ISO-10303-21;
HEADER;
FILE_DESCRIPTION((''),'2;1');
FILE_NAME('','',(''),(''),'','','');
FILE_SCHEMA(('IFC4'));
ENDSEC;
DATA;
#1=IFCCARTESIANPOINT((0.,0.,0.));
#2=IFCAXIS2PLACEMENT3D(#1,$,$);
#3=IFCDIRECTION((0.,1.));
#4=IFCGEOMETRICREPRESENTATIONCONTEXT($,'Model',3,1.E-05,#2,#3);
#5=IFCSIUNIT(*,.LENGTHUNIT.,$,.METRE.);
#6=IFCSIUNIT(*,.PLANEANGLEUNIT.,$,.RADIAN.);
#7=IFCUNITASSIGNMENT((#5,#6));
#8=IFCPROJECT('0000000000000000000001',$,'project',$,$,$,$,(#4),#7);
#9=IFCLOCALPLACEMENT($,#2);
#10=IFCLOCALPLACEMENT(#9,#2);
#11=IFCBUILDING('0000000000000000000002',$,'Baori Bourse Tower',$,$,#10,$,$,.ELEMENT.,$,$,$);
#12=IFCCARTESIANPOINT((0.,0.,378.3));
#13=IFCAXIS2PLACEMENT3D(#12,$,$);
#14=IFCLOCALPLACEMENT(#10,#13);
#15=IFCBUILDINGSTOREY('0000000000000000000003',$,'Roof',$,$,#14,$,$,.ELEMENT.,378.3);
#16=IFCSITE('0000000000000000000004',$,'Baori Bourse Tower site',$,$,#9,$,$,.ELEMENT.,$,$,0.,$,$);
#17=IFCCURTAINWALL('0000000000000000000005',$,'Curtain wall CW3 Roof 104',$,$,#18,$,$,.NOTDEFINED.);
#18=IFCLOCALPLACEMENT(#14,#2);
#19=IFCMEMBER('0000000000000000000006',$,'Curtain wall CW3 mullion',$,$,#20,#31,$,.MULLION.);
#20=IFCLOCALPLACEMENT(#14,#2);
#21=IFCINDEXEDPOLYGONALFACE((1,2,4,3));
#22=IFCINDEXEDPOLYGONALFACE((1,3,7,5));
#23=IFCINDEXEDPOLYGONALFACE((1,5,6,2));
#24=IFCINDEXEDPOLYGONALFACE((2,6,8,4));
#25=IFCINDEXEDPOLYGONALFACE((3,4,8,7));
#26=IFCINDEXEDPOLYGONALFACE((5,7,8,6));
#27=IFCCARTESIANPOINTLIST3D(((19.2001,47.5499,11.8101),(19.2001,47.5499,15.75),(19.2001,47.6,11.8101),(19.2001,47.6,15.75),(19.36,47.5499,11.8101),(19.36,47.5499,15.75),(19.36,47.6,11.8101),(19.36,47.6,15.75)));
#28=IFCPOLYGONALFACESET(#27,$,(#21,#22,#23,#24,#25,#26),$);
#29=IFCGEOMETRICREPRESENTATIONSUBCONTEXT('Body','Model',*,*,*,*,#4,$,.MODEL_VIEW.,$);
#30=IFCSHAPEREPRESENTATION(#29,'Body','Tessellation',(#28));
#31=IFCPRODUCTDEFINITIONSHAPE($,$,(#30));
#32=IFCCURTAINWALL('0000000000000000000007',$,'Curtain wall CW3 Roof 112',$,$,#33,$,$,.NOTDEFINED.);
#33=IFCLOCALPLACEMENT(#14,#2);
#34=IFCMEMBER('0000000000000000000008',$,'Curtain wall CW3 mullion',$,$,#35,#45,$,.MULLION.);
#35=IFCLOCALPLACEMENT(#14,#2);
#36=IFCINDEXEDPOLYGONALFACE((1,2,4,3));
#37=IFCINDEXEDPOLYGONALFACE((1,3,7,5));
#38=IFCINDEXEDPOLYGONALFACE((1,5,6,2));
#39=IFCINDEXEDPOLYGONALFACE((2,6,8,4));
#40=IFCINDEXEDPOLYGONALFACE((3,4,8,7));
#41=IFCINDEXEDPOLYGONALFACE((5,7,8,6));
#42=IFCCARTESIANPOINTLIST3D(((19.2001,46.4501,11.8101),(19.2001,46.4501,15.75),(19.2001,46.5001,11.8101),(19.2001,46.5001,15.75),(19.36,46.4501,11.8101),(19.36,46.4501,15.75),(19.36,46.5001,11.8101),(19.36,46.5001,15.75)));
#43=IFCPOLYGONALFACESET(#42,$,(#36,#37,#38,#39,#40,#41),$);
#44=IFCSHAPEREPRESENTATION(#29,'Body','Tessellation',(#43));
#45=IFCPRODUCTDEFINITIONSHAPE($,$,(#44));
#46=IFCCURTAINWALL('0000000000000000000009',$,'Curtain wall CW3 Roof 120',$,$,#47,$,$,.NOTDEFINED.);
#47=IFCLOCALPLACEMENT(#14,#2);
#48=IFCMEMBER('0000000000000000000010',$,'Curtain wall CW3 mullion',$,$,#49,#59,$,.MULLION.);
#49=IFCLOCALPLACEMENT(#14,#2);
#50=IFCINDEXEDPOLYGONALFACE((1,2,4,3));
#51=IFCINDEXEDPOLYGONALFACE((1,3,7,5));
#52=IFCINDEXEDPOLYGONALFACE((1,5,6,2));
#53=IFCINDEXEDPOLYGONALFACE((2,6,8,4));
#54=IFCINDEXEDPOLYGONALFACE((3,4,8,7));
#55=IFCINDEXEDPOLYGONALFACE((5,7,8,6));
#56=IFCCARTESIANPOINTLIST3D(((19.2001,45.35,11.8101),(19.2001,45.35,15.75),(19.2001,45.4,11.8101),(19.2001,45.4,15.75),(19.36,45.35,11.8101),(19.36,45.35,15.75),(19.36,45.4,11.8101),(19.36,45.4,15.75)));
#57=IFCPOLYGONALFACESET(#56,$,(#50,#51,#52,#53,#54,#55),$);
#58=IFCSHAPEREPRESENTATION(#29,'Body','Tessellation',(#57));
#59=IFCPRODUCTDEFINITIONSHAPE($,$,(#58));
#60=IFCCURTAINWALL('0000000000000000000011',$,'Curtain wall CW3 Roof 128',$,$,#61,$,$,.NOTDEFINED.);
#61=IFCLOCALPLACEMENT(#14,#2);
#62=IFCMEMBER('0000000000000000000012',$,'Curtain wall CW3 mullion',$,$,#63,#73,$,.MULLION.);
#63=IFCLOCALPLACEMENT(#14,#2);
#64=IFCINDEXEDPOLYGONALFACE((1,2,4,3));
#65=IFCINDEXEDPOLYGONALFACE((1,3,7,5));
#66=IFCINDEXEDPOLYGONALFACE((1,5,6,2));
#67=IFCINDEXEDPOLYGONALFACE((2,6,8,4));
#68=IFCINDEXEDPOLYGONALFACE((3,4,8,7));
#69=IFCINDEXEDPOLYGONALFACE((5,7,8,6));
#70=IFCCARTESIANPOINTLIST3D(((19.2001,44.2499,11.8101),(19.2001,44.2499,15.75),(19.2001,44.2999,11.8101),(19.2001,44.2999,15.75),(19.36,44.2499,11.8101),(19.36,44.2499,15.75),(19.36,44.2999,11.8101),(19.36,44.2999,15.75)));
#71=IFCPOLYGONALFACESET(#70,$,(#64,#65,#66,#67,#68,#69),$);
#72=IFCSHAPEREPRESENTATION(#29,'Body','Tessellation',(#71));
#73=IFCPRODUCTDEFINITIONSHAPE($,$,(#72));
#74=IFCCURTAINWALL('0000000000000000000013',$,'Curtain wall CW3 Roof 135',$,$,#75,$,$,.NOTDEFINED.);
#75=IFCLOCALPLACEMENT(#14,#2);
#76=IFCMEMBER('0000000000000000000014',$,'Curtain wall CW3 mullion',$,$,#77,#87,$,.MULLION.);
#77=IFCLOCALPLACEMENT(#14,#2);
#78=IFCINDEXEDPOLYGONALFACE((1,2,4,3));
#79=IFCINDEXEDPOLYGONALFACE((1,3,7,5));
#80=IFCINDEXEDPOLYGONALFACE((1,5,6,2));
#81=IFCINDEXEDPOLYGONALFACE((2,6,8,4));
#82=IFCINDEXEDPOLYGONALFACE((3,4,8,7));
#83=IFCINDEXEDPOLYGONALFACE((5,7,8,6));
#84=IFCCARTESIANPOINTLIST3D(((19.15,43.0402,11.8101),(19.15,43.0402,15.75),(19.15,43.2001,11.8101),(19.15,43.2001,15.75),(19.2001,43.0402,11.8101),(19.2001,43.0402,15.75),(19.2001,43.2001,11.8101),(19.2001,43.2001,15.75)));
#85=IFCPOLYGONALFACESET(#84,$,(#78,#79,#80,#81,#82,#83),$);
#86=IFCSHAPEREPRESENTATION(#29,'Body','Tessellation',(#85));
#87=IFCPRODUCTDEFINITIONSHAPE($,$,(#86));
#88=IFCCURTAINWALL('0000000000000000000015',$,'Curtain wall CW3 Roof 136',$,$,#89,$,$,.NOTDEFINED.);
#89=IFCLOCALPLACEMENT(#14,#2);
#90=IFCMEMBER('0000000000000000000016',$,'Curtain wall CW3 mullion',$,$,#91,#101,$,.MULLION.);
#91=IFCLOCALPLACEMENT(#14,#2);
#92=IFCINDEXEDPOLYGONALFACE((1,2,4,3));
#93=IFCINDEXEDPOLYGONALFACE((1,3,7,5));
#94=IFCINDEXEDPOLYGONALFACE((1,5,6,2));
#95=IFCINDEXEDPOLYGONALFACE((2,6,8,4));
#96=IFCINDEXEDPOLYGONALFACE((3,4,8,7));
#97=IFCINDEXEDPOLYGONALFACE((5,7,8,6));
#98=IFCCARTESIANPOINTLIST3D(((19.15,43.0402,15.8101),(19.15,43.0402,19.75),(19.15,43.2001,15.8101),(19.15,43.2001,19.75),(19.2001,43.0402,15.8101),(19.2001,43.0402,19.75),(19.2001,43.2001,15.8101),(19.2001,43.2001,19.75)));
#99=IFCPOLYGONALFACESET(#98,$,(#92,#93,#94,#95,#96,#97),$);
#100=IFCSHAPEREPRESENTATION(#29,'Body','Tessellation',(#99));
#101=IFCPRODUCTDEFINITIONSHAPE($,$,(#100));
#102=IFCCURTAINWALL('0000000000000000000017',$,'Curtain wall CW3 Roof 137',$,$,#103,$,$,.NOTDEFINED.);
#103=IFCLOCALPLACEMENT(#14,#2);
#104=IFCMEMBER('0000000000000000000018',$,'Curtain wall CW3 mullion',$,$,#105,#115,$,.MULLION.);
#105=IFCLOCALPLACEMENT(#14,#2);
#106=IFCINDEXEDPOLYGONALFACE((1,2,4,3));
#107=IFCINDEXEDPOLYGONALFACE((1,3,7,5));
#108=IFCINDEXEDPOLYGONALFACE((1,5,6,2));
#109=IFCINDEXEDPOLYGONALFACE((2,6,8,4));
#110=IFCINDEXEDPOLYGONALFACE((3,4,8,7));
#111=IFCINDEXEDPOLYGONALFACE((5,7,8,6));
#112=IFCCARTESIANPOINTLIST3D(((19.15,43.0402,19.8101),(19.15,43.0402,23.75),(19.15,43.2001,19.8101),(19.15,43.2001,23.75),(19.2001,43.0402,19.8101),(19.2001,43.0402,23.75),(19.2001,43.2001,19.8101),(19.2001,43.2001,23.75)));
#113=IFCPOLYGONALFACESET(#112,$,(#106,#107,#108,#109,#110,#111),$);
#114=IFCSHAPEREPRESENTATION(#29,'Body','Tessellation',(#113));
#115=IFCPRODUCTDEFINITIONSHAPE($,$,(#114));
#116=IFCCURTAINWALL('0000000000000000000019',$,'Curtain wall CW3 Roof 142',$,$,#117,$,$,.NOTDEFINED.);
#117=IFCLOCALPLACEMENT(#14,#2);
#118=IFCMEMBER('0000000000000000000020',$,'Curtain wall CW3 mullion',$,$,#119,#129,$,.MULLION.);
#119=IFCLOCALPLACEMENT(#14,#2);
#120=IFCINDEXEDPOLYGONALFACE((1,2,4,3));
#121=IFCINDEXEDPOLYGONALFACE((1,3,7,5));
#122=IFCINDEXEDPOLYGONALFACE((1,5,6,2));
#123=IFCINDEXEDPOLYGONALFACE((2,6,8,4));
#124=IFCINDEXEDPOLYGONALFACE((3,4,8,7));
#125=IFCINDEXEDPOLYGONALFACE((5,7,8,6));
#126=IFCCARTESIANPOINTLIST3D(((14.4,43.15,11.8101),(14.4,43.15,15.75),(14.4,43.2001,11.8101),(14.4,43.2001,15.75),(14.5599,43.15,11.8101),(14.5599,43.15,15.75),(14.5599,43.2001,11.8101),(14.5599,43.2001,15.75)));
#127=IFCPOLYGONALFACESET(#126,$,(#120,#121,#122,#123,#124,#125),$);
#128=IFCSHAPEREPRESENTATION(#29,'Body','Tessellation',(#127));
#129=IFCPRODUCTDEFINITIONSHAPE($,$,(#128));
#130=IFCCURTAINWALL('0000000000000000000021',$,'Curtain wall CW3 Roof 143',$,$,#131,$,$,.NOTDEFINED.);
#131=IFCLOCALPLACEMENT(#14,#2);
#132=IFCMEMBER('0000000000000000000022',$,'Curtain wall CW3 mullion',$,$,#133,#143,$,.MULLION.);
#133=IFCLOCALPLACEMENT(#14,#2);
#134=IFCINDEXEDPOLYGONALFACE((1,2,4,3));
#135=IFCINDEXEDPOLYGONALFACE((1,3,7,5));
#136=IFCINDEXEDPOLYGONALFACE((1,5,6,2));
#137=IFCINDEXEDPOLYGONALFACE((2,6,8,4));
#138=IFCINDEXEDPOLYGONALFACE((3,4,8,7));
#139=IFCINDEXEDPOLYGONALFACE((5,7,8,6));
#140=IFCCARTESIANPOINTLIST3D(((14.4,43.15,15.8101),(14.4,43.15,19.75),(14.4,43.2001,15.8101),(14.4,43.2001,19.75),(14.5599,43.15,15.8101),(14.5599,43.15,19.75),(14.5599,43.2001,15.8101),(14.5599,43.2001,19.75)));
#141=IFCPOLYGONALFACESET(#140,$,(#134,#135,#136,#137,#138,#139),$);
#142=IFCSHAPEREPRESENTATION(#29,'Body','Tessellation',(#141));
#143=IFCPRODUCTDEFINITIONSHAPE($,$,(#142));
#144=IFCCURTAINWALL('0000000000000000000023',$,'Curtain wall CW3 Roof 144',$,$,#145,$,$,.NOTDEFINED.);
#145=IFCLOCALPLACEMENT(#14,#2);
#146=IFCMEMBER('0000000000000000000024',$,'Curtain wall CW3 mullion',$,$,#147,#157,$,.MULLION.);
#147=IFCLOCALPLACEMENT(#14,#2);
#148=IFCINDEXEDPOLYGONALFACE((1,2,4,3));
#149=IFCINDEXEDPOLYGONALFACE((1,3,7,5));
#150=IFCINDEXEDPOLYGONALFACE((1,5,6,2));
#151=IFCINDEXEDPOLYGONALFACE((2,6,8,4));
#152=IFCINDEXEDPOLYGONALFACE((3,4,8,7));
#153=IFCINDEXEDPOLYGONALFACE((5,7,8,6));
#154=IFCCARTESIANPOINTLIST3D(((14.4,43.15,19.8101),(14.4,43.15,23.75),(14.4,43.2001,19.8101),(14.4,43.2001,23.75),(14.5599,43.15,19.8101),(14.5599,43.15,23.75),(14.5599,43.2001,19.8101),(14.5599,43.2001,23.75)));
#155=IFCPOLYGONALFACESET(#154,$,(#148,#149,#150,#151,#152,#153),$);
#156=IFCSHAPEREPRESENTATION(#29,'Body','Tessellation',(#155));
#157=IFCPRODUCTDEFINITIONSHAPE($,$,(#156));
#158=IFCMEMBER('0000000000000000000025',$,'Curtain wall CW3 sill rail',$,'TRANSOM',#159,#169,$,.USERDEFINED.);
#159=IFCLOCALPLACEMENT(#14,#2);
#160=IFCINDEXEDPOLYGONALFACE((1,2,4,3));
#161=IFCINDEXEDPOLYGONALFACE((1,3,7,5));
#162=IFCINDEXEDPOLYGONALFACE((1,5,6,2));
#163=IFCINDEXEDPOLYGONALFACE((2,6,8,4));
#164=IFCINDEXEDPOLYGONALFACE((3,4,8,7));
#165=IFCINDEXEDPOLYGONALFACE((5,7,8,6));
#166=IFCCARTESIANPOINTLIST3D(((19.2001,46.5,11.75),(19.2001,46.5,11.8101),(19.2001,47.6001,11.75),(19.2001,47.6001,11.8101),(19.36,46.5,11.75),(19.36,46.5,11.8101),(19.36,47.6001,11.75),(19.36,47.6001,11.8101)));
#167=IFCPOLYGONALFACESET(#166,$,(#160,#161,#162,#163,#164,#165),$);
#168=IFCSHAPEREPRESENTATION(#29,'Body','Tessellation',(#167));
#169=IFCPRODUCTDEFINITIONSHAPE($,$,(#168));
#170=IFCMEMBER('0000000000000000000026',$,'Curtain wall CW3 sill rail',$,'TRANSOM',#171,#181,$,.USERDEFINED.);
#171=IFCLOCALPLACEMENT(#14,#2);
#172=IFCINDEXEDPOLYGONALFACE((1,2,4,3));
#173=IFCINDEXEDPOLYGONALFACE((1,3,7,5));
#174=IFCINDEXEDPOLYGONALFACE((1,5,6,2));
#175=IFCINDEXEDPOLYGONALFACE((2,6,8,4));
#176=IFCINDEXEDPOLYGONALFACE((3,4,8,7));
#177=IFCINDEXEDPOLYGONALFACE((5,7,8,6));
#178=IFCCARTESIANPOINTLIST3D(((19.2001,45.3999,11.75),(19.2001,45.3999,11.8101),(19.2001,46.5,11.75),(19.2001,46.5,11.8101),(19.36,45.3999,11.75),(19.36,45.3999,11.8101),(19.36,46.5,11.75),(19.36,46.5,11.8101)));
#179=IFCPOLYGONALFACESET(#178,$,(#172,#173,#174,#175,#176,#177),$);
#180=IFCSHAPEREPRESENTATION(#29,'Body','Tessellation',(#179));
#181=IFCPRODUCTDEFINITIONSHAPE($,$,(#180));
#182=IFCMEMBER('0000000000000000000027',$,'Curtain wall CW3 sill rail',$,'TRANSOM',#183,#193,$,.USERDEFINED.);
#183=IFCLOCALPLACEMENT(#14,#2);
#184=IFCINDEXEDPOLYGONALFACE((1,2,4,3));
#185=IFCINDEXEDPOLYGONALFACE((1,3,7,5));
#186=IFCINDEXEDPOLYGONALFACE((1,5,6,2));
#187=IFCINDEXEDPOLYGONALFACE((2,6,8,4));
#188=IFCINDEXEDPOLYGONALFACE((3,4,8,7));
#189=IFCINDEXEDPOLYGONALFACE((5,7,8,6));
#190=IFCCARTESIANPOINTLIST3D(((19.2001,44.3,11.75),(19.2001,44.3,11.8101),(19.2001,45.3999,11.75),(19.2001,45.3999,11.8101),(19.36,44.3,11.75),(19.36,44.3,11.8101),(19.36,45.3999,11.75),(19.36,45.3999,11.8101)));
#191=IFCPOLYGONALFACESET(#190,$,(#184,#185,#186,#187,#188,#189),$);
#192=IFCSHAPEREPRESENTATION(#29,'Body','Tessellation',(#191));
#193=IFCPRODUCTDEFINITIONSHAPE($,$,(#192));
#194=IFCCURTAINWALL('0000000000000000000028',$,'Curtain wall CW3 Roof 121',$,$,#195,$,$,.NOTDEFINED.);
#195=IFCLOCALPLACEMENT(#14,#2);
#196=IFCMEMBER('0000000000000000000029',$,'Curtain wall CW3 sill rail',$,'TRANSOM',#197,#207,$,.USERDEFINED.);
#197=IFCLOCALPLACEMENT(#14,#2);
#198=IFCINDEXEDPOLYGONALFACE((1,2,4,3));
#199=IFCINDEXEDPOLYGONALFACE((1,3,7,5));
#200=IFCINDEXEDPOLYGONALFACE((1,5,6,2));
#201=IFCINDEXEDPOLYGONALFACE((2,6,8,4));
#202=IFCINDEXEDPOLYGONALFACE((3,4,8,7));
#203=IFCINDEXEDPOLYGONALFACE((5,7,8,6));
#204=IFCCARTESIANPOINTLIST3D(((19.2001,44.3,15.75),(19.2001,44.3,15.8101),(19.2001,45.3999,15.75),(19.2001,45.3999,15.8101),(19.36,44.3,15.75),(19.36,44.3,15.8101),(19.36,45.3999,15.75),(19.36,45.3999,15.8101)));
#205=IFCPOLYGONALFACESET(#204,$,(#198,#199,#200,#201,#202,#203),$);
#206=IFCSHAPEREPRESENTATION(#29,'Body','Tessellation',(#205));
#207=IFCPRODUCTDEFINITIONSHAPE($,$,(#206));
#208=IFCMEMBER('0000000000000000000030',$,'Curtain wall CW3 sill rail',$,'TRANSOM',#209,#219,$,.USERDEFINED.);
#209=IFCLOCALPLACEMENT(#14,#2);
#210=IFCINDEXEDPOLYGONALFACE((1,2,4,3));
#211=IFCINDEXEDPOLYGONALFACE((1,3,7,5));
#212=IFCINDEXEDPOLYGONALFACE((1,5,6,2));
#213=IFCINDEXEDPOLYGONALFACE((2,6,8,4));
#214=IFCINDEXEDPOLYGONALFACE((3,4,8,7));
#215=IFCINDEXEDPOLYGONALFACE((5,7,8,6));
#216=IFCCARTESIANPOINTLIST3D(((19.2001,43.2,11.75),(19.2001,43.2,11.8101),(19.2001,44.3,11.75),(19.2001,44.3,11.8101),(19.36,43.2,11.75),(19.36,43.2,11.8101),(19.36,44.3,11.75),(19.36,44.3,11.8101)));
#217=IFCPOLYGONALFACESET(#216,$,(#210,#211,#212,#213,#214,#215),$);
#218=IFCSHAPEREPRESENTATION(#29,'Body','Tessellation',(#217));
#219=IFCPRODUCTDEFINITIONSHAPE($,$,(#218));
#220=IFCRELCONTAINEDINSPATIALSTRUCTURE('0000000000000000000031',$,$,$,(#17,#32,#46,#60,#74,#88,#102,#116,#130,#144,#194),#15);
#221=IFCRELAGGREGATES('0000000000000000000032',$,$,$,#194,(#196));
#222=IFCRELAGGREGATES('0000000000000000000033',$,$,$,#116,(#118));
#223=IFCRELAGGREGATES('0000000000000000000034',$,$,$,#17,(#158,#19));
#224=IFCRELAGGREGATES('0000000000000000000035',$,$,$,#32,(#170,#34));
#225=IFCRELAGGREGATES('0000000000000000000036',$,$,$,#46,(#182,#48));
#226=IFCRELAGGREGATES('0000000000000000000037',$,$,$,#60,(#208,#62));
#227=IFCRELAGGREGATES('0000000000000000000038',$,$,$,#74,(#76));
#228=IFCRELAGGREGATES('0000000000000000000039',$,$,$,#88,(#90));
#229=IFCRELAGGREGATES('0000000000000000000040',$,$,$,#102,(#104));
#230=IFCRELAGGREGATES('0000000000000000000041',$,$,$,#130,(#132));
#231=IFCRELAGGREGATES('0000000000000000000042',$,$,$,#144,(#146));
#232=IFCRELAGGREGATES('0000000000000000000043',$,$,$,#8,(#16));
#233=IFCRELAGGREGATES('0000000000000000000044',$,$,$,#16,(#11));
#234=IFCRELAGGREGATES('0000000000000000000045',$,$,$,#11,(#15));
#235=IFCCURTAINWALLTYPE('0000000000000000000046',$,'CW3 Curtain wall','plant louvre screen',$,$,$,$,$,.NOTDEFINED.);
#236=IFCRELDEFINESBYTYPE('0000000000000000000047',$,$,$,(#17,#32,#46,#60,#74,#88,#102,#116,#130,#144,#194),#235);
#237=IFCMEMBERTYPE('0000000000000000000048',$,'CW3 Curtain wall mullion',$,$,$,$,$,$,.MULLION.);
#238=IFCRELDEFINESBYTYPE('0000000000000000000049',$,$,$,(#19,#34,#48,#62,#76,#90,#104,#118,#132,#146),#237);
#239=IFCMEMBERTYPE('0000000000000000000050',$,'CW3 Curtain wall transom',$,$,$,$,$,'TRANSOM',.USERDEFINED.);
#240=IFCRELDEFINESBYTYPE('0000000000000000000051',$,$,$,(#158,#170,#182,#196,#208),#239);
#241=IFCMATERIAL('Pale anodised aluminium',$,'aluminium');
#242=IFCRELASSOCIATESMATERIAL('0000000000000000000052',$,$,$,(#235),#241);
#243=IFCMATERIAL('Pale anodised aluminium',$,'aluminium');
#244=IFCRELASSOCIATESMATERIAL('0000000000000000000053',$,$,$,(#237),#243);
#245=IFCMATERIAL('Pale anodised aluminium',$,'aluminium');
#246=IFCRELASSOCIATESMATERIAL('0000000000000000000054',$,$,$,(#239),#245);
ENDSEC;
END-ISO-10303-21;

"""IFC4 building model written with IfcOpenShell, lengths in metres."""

from ifc_helpers import new_model, si_unit, direction, frame, origin, origin_2d, place, context, subcontext, project, spatial, rectangle, extrude, material, material_profile, profile_set, type_object, element, aggregate, save


model = new_model("IFC4")

# Units and contexts
model_context = context("Model", 3, precision=1e-05, world=origin(), true_north=direction((0.0, 1.0)))
body_context = subcontext(model_context, "Body", "Model", "MODEL_VIEW")
ifc_project = project(units=[si_unit("LENGTHUNIT", "METRE"), si_unit("PLANEANGLEUNIT", "RADIAN")], contexts=[model_context])

# Site, building, storey
site_placement = place(None, origin())
site = spatial("IfcSite", under=ifc_project, at=site_placement, Name="Baori Bourse Tower site", CompositionType="ELEMENT", RefElevation=0.0)
building_placement = place(site_placement, origin())
building = spatial("IfcBuilding", under=site, at=building_placement, Name="Baori Bourse Tower", CompositionType="ELEMENT")
storey_placement = place(building_placement, frame((0.0, 0.0, 378.3)))
storey = spatial("IfcBuildingStorey", under=building, at=storey_placement, Name="Roof", CompositionType="ELEMENT", Elevation=378.3)

# Curtain walls, members
ifc_material_1 = material(Name="Pale anodised aluminium", Category="aluminium")
curtain_wall_type = type_object("IfcCurtainWallType", Name="CW3 Curtain wall", Description="plant louvre screen", PredefinedType="NOTDEFINED", material=ifc_material_1)
curtain_wall_1_placement = place(storey_placement, origin())
curtain_wall_1 = element("IfcCurtainWall", 1, at=curtain_wall_1_placement, inside=storey, type_object=curtain_wall_type, Name="Curtain wall CW3 Roof 104", PredefinedType="NOTDEFINED")
ifc_material_2 = material(Name="Pale anodised aluminium", Category="aluminium")
ifc_material_profile_1 = material_profile(ifc_material_2, rectangle(XDim=0.1599, YDim=0.05, at=origin_2d()), Name="Mullion 50x160")
ifc_profile_set_1 = profile_set([ifc_material_profile_1], Name="Pale anodised aluminium")
member_type_1 = type_object("IfcMemberType", Name="CW3 Curtain wall mullion", PredefinedType="MULLION", material=ifc_profile_set_1)
member_1_placement = place(storey_placement, frame((19.28, 47.575, 11.8101), z_axis=(0.0, 0.0, 1.0), x_axis=(1.0, 0.0, 0.0)))
member_1 = element("IfcMember", 2, at=member_1_placement, type_object=member_type_1, Name="Curtain wall CW3 mullion", PredefinedType="MULLION", context=body_context, shape_type="SweptSolid", body=[
    extrude(rectangle(XDim=0.1599, YDim=0.05, at=origin_2d()), origin(), (0.0, 0.0, 1.0), 3.9399),
])
curtain_wall_2_placement = place(storey_placement, origin())
curtain_wall_2 = element("IfcCurtainWall", 3, at=curtain_wall_2_placement, inside=storey, type_object=curtain_wall_type, Name="Curtain wall CW3 Roof 112", PredefinedType="NOTDEFINED")
member_2_placement = place(storey_placement, frame((19.28, 46.4751, 11.8101), z_axis=(0.0, 0.0, 1.0), x_axis=(1.0, 0.0, 0.0)))
member_2 = element("IfcMember", 4, at=member_2_placement, type_object=member_type_1, Name="Curtain wall CW3 mullion", PredefinedType="MULLION", context=body_context, shape_type="SweptSolid", body=[
    extrude(rectangle(XDim=0.1599, YDim=0.05, at=origin_2d()), origin(), (0.0, 0.0, 1.0), 3.9399),
])
curtain_wall_3_placement = place(storey_placement, origin())
curtain_wall_3 = element("IfcCurtainWall", 5, at=curtain_wall_3_placement, inside=storey, type_object=curtain_wall_type, Name="Curtain wall CW3 Roof 120", PredefinedType="NOTDEFINED")
member_3_placement = place(storey_placement, frame((19.28, 45.375, 11.8101), z_axis=(0.0, 0.0, 1.0), x_axis=(1.0, 0.0, 0.0)))
member_3 = element("IfcMember", 6, at=member_3_placement, type_object=member_type_1, Name="Curtain wall CW3 mullion", PredefinedType="MULLION", context=body_context, shape_type="SweptSolid", body=[
    extrude(rectangle(XDim=0.1599, YDim=0.05, at=origin_2d()), origin(), (0.0, 0.0, 1.0), 3.9399),
])
curtain_wall_4_placement = place(storey_placement, origin())
curtain_wall_4 = element("IfcCurtainWall", 7, at=curtain_wall_4_placement, inside=storey, type_object=curtain_wall_type, Name="Curtain wall CW3 Roof 128", PredefinedType="NOTDEFINED")
member_4_placement = place(storey_placement, frame((19.28, 44.2749, 11.8101), z_axis=(0.0, 0.0, 1.0), x_axis=(1.0, 0.0, 0.0)))
member_4 = element("IfcMember", 8, at=member_4_placement, type_object=member_type_1, Name="Curtain wall CW3 mullion", PredefinedType="MULLION", context=body_context, shape_type="SweptSolid", body=[
    extrude(rectangle(XDim=0.1599, YDim=0.05, at=origin_2d()), origin(), (0.0, 0.0, 1.0), 3.9399),
])
curtain_wall_5_placement = place(storey_placement, origin())
curtain_wall_5 = element("IfcCurtainWall", 9, at=curtain_wall_5_placement, inside=storey, type_object=curtain_wall_type, Name="Curtain wall CW3 Roof 135", PredefinedType="NOTDEFINED")
member_5_placement = place(storey_placement, frame((19.175, 43.1201, 11.8101), z_axis=(0.0, 0.0, 1.0), x_axis=(0.0, -1.0, 0.0)))
member_5 = element("IfcMember", 10, at=member_5_placement, type_object=member_type_1, Name="Curtain wall CW3 mullion", PredefinedType="MULLION", context=body_context, shape_type="SweptSolid", body=[
    extrude(rectangle(XDim=0.1599, YDim=0.05, at=origin_2d()), origin(), (0.0, 0.0, 1.0), 3.9399),
])
curtain_wall_6_placement = place(storey_placement, origin())
curtain_wall_6 = element("IfcCurtainWall", 11, at=curtain_wall_6_placement, inside=storey, type_object=curtain_wall_type, Name="Curtain wall CW3 Roof 136", PredefinedType="NOTDEFINED")
member_6_placement = place(storey_placement, frame((19.175, 43.1201, 15.8101), z_axis=(0.0, 0.0, 1.0), x_axis=(0.0, -1.0, 0.0)))
member_6 = element("IfcMember", 12, at=member_6_placement, type_object=member_type_1, Name="Curtain wall CW3 mullion", PredefinedType="MULLION", context=body_context, shape_type="SweptSolid", body=[
    extrude(rectangle(XDim=0.1599, YDim=0.05, at=origin_2d()), origin(), (0.0, 0.0, 1.0), 3.9399),
])
curtain_wall_7_placement = place(storey_placement, origin())
curtain_wall_7 = element("IfcCurtainWall", 13, at=curtain_wall_7_placement, inside=storey, type_object=curtain_wall_type, Name="Curtain wall CW3 Roof 137", PredefinedType="NOTDEFINED")
member_7_placement = place(storey_placement, frame((19.175, 43.1201, 19.8101), z_axis=(0.0, 0.0, 1.0), x_axis=(0.0, -1.0, 0.0)))
member_7 = element("IfcMember", 14, at=member_7_placement, type_object=member_type_1, Name="Curtain wall CW3 mullion", PredefinedType="MULLION", context=body_context, shape_type="SweptSolid", body=[
    extrude(rectangle(XDim=0.1599, YDim=0.05, at=origin_2d()), origin(), (0.0, 0.0, 1.0), 3.9399),
])
curtain_wall_8_placement = place(storey_placement, origin())
curtain_wall_8 = element("IfcCurtainWall", 15, at=curtain_wall_8_placement, inside=storey, type_object=curtain_wall_type, Name="Curtain wall CW3 Roof 142", PredefinedType="NOTDEFINED")
member_8_placement = place(storey_placement, frame((14.48, 43.175, 11.8101), z_axis=(0.0, 0.0, 1.0), x_axis=(1.0, 0.0, 0.0)))
member_8 = element("IfcMember", 16, at=member_8_placement, type_object=member_type_1, Name="Curtain wall CW3 mullion", PredefinedType="MULLION", context=body_context, shape_type="SweptSolid", body=[
    extrude(rectangle(XDim=0.1599, YDim=0.05, at=origin_2d()), origin(), (0.0, 0.0, 1.0), 3.9399),
])
curtain_wall_9_placement = place(storey_placement, origin())
curtain_wall_9 = element("IfcCurtainWall", 17, at=curtain_wall_9_placement, inside=storey, type_object=curtain_wall_type, Name="Curtain wall CW3 Roof 143", PredefinedType="NOTDEFINED")
member_9_placement = place(storey_placement, frame((14.48, 43.175, 15.8101), z_axis=(0.0, 0.0, 1.0), x_axis=(1.0, 0.0, 0.0)))
member_9 = element("IfcMember", 18, at=member_9_placement, type_object=member_type_1, Name="Curtain wall CW3 mullion", PredefinedType="MULLION", context=body_context, shape_type="SweptSolid", body=[
    extrude(rectangle(XDim=0.1599, YDim=0.05, at=origin_2d()), origin(), (0.0, 0.0, 1.0), 3.9399),
])
curtain_wall_10_placement = place(storey_placement, origin())
curtain_wall_10 = element("IfcCurtainWall", 19, at=curtain_wall_10_placement, inside=storey, type_object=curtain_wall_type, Name="Curtain wall CW3 Roof 144", PredefinedType="NOTDEFINED")
member_10_placement = place(storey_placement, frame((14.48, 43.175, 19.8101), z_axis=(0.0, 0.0, 1.0), x_axis=(1.0, 0.0, 0.0)))
member_10 = element("IfcMember", 20, at=member_10_placement, type_object=member_type_1, Name="Curtain wall CW3 mullion", PredefinedType="MULLION", context=body_context, shape_type="SweptSolid", body=[
    extrude(rectangle(XDim=0.1599, YDim=0.05, at=origin_2d()), origin(), (0.0, 0.0, 1.0), 3.9399),
])

# Members
ifc_material_3 = material(Name="Pale anodised aluminium", Category="aluminium")
ifc_material_profile_2 = material_profile(ifc_material_3, rectangle(XDim=0.1599, YDim=0.0601, at=origin_2d()), Name="Transom 60x160")
ifc_profile_set_2 = profile_set([ifc_material_profile_2], Name="Pale anodised aluminium")
member_type_2 = type_object("IfcMemberType", Name="CW3 Curtain wall transom", ElementType="TRANSOM", PredefinedType="USERDEFINED", material=ifc_profile_set_2)
member_11_placement = place(storey_placement, frame((19.28, 47.6001, 11.78), z_axis=(0.0, -1.0, 0.0), x_axis=(1.0, 0.0, 0.0)))
member_11 = element("IfcMember", 21, at=member_11_placement, type_object=member_type_2, Name="Curtain wall CW3 sill rail", ObjectType="TRANSOM", PredefinedType="USERDEFINED", context=body_context, shape_type="SweptSolid", body=[
    extrude(rectangle(XDim=0.1599, YDim=0.0601, at=origin_2d()), origin(), (0.0, 0.0, 1.0), 1.1001),
])
member_12_placement = place(storey_placement, frame((19.28, 46.5, 11.78), z_axis=(0.0, -1.0, 0.0), x_axis=(1.0, 0.0, 0.0)))
member_12 = element("IfcMember", 22, at=member_12_placement, type_object=member_type_2, Name="Curtain wall CW3 sill rail", ObjectType="TRANSOM", PredefinedType="USERDEFINED", context=body_context, shape_type="SweptSolid", body=[
    extrude(rectangle(XDim=0.1599, YDim=0.0601, at=origin_2d()), origin(), (0.0, 0.0, 1.0), 1.1001),
])
member_13_placement = place(storey_placement, frame((19.28, 45.3999, 11.78), z_axis=(0.0, -1.0, 0.0), x_axis=(1.0, 0.0, 0.0)))
member_13 = element("IfcMember", 23, at=member_13_placement, type_object=member_type_2, Name="Curtain wall CW3 sill rail", ObjectType="TRANSOM", PredefinedType="USERDEFINED", context=body_context, shape_type="SweptSolid", body=[
    extrude(rectangle(XDim=0.1599, YDim=0.0601, at=origin_2d()), origin(), (0.0, 0.0, 1.0), 1.0999),
])

# Curtain wall, member
curtain_wall_11_placement = place(storey_placement, origin())
curtain_wall_11 = element("IfcCurtainWall", 24, at=curtain_wall_11_placement, inside=storey, type_object=curtain_wall_type, Name="Curtain wall CW3 Roof 121", PredefinedType="NOTDEFINED")
member_14_placement = place(storey_placement, frame((19.28, 45.3999, 15.78), z_axis=(0.0, -1.0, 0.0), x_axis=(1.0, 0.0, 0.0)))
member_14 = element("IfcMember", 25, at=member_14_placement, type_object=member_type_2, Name="Curtain wall CW3 sill rail", ObjectType="TRANSOM", PredefinedType="USERDEFINED", context=body_context, shape_type="SweptSolid", body=[
    extrude(rectangle(XDim=0.1599, YDim=0.0601, at=origin_2d()), origin(), (0.0, 0.0, 1.0), 1.0999),
])
aggregate(curtain_wall_11, [member_14])

# Member
member_15_placement = place(storey_placement, frame((19.28, 44.3, 11.78), z_axis=(0.0, -1.0, 0.0), x_axis=(1.0, 0.0, 0.0)))
member_15 = element("IfcMember", 26, at=member_15_placement, type_object=member_type_2, Name="Curtain wall CW3 sill rail", ObjectType="TRANSOM", PredefinedType="USERDEFINED", context=body_context, shape_type="SweptSolid", body=[
    extrude(rectangle(XDim=0.1599, YDim=0.0601, at=origin_2d()), origin(), (0.0, 0.0, 1.0), 1.1001),
])

aggregate(curtain_wall_8, [member_8])

aggregate(curtain_wall_1, [member_11, member_1])
aggregate(curtain_wall_2, [member_12, member_2])
aggregate(curtain_wall_3, [member_13, member_3])
aggregate(curtain_wall_4, [member_15, member_4])
aggregate(curtain_wall_5, [member_5])
aggregate(curtain_wall_6, [member_6])
aggregate(curtain_wall_7, [member_7])
aggregate(curtain_wall_9, [member_9])
aggregate(curtain_wall_10, [member_10])

save(model, "model.ifc")
